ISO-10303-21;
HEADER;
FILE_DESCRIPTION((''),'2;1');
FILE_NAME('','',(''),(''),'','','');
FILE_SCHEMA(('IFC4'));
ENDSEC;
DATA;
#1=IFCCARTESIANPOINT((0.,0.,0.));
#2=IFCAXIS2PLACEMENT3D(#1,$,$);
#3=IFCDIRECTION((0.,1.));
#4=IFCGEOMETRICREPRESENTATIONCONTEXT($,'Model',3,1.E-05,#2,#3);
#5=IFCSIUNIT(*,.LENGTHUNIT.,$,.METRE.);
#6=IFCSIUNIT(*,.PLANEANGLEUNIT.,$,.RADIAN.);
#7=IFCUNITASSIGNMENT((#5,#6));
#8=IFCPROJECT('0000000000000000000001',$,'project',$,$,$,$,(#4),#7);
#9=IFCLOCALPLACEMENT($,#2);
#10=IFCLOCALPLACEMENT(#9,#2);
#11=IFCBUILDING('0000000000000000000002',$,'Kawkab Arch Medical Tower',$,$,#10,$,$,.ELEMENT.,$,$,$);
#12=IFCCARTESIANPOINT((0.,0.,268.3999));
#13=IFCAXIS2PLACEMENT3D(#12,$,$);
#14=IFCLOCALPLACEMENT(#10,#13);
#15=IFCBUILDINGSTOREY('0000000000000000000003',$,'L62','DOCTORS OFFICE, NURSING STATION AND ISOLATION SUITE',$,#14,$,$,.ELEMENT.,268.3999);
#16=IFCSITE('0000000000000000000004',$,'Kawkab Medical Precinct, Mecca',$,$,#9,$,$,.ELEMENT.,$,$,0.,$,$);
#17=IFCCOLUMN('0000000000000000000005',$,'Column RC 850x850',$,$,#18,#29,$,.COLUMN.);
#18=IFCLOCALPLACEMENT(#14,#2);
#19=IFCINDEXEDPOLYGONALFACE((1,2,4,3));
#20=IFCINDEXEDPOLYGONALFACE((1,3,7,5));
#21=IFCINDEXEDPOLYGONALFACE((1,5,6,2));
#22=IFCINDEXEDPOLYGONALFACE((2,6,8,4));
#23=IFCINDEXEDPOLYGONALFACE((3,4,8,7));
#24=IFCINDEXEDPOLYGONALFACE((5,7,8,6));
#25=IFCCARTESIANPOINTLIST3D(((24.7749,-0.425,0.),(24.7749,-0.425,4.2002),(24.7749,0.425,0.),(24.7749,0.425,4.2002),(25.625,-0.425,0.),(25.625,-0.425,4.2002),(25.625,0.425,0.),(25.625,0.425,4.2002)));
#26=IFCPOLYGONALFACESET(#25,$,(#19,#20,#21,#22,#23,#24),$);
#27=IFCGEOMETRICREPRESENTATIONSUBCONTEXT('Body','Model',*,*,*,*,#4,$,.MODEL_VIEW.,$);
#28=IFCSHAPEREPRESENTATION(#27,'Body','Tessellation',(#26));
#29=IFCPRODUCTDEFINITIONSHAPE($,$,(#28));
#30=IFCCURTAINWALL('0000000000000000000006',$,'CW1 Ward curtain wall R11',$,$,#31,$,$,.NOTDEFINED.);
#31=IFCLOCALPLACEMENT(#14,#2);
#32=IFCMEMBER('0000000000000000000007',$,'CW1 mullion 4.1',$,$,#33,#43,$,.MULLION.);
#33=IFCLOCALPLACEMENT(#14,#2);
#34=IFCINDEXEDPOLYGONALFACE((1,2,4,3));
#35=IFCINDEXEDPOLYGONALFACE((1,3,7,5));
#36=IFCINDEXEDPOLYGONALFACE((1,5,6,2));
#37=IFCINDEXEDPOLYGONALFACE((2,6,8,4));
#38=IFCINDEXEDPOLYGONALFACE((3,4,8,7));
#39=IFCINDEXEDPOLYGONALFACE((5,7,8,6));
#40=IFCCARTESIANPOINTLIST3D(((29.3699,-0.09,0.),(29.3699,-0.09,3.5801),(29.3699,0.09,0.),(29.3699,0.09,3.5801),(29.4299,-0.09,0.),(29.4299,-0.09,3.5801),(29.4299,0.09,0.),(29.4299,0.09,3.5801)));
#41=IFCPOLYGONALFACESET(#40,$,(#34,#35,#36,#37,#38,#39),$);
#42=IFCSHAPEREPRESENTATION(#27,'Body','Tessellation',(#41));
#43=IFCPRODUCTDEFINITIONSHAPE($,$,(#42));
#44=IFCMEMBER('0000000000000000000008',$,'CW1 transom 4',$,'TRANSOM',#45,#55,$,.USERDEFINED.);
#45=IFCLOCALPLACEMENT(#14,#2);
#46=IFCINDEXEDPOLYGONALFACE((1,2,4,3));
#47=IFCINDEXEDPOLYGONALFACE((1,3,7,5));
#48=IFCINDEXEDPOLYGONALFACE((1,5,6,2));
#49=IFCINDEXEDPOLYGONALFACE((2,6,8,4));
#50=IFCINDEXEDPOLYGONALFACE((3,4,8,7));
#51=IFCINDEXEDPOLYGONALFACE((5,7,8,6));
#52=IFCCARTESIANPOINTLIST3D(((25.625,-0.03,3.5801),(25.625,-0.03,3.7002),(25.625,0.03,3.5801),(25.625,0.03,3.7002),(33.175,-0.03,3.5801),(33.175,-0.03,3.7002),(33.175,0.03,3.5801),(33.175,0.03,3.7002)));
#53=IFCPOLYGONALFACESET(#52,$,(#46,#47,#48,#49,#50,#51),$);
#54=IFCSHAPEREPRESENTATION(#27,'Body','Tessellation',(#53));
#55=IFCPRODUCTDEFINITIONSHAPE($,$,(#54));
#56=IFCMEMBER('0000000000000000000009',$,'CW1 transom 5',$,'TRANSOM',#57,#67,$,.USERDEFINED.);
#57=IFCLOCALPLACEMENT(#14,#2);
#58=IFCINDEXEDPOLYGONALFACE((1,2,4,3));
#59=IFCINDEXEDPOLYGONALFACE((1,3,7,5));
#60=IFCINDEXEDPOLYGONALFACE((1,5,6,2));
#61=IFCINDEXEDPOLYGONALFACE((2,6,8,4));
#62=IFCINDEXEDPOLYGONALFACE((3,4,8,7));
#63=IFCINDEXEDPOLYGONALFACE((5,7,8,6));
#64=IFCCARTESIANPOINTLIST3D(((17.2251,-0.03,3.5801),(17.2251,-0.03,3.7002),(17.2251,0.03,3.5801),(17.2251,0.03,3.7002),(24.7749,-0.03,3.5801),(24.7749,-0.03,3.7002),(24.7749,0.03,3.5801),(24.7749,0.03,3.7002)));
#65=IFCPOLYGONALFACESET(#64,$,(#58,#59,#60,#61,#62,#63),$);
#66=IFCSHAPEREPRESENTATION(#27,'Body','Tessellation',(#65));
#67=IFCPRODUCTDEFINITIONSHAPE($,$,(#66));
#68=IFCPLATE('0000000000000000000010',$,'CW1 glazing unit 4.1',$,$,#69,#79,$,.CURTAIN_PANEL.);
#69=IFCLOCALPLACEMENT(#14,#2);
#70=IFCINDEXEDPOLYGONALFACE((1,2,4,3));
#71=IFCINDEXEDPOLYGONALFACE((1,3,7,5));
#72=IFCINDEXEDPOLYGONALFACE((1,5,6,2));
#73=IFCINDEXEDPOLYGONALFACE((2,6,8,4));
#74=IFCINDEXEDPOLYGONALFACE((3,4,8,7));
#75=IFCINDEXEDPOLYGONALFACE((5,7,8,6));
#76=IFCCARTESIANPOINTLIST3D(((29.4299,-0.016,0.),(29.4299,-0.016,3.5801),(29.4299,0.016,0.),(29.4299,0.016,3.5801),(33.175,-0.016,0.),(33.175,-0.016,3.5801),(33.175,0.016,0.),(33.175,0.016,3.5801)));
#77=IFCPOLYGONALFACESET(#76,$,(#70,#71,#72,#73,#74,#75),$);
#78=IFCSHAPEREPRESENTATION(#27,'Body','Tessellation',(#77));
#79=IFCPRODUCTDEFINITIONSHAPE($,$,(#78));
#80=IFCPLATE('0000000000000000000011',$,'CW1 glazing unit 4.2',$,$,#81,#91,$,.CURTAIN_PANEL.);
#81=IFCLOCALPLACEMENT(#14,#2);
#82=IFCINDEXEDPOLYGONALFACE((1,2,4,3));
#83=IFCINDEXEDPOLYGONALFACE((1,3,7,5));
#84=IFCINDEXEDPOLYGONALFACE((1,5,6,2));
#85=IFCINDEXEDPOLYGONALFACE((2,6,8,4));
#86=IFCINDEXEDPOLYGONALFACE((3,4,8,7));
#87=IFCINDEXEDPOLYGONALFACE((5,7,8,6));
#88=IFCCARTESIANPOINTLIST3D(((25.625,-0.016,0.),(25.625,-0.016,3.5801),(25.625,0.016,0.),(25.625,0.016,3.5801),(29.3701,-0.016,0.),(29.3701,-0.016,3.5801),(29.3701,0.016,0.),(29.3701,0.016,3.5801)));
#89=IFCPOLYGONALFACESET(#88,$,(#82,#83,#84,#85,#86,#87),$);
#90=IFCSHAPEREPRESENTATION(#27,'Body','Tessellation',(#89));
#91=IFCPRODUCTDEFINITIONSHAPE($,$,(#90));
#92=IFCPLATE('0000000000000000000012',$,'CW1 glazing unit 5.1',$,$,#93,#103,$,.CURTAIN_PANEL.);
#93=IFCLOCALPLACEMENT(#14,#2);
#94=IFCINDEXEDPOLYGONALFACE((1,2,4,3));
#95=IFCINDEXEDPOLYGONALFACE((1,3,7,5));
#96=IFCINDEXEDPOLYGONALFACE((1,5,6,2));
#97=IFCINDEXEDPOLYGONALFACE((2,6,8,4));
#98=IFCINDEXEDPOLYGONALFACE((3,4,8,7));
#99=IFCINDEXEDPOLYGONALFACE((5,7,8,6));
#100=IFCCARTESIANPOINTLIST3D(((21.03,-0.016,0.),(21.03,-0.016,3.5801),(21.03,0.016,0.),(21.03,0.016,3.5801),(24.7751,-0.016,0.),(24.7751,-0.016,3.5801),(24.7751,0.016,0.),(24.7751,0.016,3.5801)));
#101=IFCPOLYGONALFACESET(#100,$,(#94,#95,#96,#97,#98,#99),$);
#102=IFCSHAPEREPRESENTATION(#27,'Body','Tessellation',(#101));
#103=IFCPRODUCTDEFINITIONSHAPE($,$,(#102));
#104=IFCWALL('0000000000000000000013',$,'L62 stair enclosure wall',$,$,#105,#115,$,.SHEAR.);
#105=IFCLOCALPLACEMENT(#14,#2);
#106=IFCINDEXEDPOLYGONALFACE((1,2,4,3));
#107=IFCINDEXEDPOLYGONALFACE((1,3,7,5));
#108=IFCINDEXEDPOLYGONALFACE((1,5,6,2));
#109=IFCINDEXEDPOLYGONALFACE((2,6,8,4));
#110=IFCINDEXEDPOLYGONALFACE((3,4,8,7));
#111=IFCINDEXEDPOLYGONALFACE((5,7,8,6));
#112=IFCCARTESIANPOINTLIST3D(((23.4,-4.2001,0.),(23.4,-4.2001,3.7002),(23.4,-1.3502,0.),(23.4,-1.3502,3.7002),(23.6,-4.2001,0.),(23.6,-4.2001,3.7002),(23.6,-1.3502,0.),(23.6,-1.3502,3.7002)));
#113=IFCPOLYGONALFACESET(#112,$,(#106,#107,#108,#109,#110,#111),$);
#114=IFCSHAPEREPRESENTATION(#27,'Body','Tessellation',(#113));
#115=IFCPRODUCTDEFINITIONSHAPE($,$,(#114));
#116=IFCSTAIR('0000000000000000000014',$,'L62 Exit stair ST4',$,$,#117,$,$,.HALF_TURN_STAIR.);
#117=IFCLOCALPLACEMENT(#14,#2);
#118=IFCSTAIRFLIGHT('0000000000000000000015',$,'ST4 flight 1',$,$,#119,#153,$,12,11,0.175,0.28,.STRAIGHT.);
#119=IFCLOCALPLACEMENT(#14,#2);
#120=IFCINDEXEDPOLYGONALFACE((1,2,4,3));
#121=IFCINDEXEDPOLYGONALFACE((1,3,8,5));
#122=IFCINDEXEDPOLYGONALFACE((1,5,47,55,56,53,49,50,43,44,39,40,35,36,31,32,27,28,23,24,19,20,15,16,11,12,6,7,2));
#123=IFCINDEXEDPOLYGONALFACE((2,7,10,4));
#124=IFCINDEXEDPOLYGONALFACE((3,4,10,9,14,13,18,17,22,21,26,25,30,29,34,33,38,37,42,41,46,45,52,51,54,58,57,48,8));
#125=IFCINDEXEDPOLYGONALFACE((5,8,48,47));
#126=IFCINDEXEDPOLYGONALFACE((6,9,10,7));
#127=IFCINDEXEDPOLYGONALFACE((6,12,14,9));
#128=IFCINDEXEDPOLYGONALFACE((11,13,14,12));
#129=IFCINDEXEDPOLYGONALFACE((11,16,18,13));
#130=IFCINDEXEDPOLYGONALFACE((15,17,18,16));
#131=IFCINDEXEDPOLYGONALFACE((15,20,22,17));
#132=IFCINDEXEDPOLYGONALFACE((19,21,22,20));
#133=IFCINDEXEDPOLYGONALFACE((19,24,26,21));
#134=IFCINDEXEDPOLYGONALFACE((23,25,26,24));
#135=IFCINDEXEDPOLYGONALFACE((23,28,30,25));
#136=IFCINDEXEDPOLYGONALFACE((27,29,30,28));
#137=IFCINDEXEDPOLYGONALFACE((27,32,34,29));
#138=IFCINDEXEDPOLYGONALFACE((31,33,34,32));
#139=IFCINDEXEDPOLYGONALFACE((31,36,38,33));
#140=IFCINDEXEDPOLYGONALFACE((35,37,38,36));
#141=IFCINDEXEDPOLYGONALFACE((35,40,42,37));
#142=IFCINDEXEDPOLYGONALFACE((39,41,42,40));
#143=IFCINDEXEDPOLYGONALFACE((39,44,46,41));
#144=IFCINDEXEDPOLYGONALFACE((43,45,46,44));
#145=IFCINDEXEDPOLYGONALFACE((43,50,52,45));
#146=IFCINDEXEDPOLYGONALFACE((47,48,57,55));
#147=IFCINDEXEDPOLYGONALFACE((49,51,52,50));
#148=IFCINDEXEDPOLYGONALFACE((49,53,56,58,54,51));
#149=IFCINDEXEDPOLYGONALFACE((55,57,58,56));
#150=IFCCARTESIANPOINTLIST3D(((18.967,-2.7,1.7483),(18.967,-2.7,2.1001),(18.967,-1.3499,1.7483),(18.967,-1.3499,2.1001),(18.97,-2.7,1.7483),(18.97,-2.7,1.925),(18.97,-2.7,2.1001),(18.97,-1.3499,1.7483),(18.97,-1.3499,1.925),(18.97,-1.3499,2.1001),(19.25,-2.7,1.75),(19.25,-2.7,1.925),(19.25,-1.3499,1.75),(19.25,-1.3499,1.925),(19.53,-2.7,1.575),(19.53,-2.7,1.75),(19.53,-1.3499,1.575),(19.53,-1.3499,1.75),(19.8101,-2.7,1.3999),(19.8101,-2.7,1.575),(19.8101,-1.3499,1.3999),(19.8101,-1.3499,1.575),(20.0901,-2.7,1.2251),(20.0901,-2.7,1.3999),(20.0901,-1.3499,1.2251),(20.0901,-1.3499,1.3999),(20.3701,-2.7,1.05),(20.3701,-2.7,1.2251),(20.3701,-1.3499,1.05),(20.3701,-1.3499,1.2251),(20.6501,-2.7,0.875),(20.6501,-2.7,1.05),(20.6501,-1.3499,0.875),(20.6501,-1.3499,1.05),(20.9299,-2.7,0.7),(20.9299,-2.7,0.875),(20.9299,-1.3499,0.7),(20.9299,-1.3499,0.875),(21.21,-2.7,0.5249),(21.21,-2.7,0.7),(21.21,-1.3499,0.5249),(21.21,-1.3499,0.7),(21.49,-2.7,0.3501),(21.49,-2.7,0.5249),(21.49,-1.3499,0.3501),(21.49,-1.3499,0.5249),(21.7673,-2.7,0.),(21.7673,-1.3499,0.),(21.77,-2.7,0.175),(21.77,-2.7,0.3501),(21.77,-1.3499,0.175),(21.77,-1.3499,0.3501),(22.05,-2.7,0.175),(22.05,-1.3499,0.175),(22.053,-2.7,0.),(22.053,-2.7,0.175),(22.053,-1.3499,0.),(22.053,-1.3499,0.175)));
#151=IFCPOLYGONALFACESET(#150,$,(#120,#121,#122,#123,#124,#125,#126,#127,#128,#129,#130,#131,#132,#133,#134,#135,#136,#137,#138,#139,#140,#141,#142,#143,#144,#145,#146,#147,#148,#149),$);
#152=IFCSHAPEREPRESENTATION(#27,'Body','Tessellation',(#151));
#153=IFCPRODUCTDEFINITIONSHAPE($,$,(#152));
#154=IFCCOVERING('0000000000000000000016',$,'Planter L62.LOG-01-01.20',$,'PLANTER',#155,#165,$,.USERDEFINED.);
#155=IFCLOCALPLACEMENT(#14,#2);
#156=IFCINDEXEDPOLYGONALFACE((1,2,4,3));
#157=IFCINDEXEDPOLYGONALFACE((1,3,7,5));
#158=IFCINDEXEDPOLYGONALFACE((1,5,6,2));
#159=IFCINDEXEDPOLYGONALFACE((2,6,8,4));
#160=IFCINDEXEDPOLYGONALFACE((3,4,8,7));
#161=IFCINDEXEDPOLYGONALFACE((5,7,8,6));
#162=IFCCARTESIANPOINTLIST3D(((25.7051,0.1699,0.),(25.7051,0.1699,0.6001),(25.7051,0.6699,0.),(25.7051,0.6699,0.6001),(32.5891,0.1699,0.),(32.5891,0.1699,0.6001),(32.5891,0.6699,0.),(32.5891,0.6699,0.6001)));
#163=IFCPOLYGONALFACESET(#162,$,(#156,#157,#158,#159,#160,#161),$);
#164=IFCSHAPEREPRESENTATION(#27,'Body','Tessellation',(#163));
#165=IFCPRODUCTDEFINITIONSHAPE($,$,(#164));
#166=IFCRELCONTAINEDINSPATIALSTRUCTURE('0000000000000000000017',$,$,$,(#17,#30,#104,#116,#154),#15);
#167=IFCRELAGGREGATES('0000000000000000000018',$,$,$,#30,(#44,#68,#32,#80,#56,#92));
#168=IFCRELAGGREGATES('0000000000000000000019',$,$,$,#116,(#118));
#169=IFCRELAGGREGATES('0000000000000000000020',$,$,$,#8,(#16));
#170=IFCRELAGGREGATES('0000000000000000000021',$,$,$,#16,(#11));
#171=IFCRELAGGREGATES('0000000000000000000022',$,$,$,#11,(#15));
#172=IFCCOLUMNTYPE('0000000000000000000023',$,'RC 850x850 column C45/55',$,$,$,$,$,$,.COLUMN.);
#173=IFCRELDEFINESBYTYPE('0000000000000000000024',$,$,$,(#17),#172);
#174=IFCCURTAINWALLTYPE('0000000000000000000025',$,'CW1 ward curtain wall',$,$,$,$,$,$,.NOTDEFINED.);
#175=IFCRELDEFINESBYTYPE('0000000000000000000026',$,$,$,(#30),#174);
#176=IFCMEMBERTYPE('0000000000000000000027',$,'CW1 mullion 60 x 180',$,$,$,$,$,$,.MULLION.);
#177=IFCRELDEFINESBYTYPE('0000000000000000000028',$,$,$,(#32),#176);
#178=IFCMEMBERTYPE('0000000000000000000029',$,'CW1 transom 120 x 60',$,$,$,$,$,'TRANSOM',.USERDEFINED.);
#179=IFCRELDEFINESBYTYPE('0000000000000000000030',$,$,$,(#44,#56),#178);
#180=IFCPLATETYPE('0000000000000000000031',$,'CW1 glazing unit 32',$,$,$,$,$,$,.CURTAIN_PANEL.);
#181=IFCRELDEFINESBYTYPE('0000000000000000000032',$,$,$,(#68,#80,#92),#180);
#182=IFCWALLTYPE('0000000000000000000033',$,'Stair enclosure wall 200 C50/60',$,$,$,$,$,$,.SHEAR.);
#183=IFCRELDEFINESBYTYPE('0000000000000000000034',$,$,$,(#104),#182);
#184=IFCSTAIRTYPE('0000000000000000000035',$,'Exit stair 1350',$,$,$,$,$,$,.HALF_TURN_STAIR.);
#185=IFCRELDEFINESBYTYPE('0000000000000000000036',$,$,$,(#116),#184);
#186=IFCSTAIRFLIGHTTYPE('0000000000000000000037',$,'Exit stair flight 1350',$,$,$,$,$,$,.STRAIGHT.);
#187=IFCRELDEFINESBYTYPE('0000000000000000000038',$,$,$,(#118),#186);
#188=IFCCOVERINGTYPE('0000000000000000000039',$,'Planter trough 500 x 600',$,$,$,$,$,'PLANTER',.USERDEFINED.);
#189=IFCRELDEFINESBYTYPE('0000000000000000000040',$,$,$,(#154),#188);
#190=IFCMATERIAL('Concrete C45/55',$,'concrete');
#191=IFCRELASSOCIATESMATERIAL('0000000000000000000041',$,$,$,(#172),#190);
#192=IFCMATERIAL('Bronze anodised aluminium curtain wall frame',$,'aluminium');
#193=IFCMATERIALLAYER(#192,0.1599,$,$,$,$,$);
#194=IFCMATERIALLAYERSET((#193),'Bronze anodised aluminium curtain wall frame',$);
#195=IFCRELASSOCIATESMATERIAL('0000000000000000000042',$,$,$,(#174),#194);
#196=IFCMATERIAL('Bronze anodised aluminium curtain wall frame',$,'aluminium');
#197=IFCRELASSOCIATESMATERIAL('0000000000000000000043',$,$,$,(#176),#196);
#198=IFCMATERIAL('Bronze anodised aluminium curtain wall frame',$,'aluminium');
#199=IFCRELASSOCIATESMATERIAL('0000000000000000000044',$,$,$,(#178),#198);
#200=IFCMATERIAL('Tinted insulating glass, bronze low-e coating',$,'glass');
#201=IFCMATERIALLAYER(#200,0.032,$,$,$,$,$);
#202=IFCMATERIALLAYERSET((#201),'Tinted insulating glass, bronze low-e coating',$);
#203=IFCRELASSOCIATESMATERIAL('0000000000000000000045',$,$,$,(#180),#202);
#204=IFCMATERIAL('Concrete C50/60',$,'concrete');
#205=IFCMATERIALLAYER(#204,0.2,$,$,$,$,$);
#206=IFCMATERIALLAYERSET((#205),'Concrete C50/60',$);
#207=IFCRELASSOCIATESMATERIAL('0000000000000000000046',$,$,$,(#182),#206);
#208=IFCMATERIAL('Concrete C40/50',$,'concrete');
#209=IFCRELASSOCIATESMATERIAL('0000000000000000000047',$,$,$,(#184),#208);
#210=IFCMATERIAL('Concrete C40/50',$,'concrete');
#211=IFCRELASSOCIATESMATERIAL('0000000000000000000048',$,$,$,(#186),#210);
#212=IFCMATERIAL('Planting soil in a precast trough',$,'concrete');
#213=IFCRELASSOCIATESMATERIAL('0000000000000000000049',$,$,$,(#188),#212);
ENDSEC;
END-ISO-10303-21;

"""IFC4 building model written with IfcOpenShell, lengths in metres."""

from ifc_helpers import new_model, si_unit, direction, frame, frame_2d, origin, origin_2d, place, context, subcontext, project, spatial, polyline, rectangle, outline, extrude, material, layer, layer_set, material_profile, profile_set, type_object, element, aggregate, save


model = new_model("IFC4")

# Units and contexts
model_context = context("Model", 3, precision=1e-05, world=origin(), true_north=direction((0.0, 1.0)))
body_context = subcontext(model_context, "Body", "Model", "MODEL_VIEW")
ifc_project = project(units=[si_unit("LENGTHUNIT", "METRE"), si_unit("PLANEANGLEUNIT", "RADIAN")], contexts=[model_context])

# Site, building, storey
site_placement = place(None, origin())
site = spatial("IfcSite", under=ifc_project, at=site_placement, Name="Kawkab Medical Precinct, Mecca", CompositionType="ELEMENT", RefElevation=0.0)
building_placement = place(site_placement, origin())
building = spatial("IfcBuilding", under=site, at=building_placement, Name="Kawkab Arch Medical Tower", CompositionType="ELEMENT")
storey_placement = place(building_placement, frame((0.0, 0.0, 268.3999)))
storey = spatial("IfcBuildingStorey", under=building, at=storey_placement, Name="L62", Description="DOCTORS OFFICE, NURSING STATION AND ISOLATION SUITE", CompositionType="ELEMENT", Elevation=268.3999)

# Column
ifc_material_1 = material(Name="Concrete C45/55", Category="concrete")
ifc_material_profile_1 = material_profile(ifc_material_1, rectangle(XDim=0.8501, YDim=0.8501, at=origin_2d()), Name="RC 850x850")
ifc_profile_set_1 = profile_set([ifc_material_profile_1], Name="Concrete C45/55")
column_type = type_object("IfcColumnType", Name="RC 850x850 column C45/55", PredefinedType="COLUMN", material=ifc_profile_set_1)
column_placement = place(storey_placement, frame((25.2, 0.0, 0.0), z_axis=(0.0, 0.0, 1.0), x_axis=(1.0, 0.0, 0.0)))
element("IfcColumn", 1, at=column_placement, inside=storey, type_object=column_type, Name="Column RC 850x850", PredefinedType="COLUMN", context=body_context, shape_type="SweptSolid", body=[
    extrude(rectangle(XDim=0.8501, YDim=0.8501, at=origin_2d()), origin(), (0.0, 0.0, 1.0), 4.2002),
])

# Curtain wall, members, plates
ifc_material_2 = material(Name="Bronze anodised aluminium curtain wall frame", Category="aluminium")
ifc_layer_1 = layer(ifc_material_2, 0.1599)
ifc_layer_set_1 = layer_set([ifc_layer_1], Name="Bronze anodised aluminium curtain wall frame")
curtain_wall_type = type_object("IfcCurtainWallType", Name="CW1 ward curtain wall", PredefinedType="NOTDEFINED", material=ifc_layer_set_1)
placement = place(storey_placement, origin())
curtain_wall = element("IfcCurtainWall", 2, at=placement, inside=storey, type_object=curtain_wall_type, Name="CW1 Ward curtain wall R11", PredefinedType="NOTDEFINED")
ifc_material_3 = material(Name="Bronze anodised aluminium curtain wall frame", Category="aluminium")
ifc_material_profile_2 = material_profile(ifc_material_3, rectangle(XDim=0.1799, YDim=0.0601, at=origin_2d()), Name="AL 60x180")
ifc_profile_set_2 = profile_set([ifc_material_profile_2], Name="Bronze anodised aluminium curtain wall frame")
member_type_1 = type_object("IfcMemberType", Name="CW1 mullion 60 x 180", PredefinedType="MULLION", material=ifc_profile_set_2)
member_1_placement = place(storey_placement, frame((29.3999, 0.0, 0.0), z_axis=(0.0, 0.0, 1.0), x_axis=(0.0, -1.0, 0.0)))
member_1 = element("IfcMember", 3, at=member_1_placement, type_object=member_type_1, Name="CW1 mullion 4.1", PredefinedType="MULLION", context=body_context, shape_type="SweptSolid", body=[
    extrude(rectangle(XDim=0.1799, YDim=0.0601, at=origin_2d()), origin(), (0.0, 0.0, 1.0), 3.5801),
])
ifc_material_4 = material(Name="Bronze anodised aluminium curtain wall frame", Category="aluminium")
ifc_material_profile_3 = material_profile(ifc_material_4, rectangle(XDim=0.0601, YDim=0.1201, at=origin_2d()), Name="AL 60x120")
ifc_profile_set_3 = profile_set([ifc_material_profile_3], Name="Bronze anodised aluminium curtain wall frame")
member_type_2 = type_object("IfcMemberType", Name="CW1 transom 120 x 60", ElementType="TRANSOM", PredefinedType="USERDEFINED", material=ifc_profile_set_3)
member_2_placement = place(storey_placement, frame((33.175, 0.0, 3.6401), z_axis=(-1.0, 0.0, 0.0), x_axis=(0.0, -1.0, 0.0)))
member_2 = element("IfcMember", 4, at=member_2_placement, type_object=member_type_2, Name="CW1 transom 4", ObjectType="TRANSOM", PredefinedType="USERDEFINED", context=body_context, shape_type="SweptSolid", body=[
    extrude(rectangle(XDim=0.0601, YDim=0.1201, at=origin_2d()), origin(), (0.0, 0.0, 1.0), 7.55),
])
member_3_placement = place(storey_placement, frame((24.7749, 0.0, 3.6401), z_axis=(-1.0, 0.0, 0.0), x_axis=(0.0, -1.0, 0.0)))
member_3 = element("IfcMember", 5, at=member_3_placement, type_object=member_type_2, Name="CW1 transom 5", ObjectType="TRANSOM", PredefinedType="USERDEFINED", context=body_context, shape_type="SweptSolid", body=[
    extrude(rectangle(XDim=0.0601, YDim=0.1201, at=origin_2d()), origin(), (0.0, 0.0, 1.0), 7.5498),
])
ifc_material_5 = material(Name="Tinted insulating glass, bronze low-e coating", Category="glass")
ifc_layer_2 = layer(ifc_material_5, 0.032)
ifc_layer_set_2 = layer_set([ifc_layer_2], Name="Tinted insulating glass, bronze low-e coating")
plate_type = type_object("IfcPlateType", Name="CW1 glazing unit 32", PredefinedType="CURTAIN_PANEL", material=ifc_layer_set_2)
plate_1_placement = place(storey_placement, frame((31.3025, 0.0, 0.0), z_axis=(0.0, 0.0, 1.0), x_axis=(-1.0, 0.0, 0.0)))
plate_1 = element("IfcPlate", 6, at=plate_1_placement, type_object=plate_type, Name="CW1 glazing unit 4.1", PredefinedType="CURTAIN_PANEL", context=body_context, shape_type="SweptSolid", body=[
    extrude(rectangle(XDim=3.7451, YDim=0.032, at=origin_2d()), origin(), (0.0, 0.0, 1.0), 3.5801),
])
plate_2_placement = place(storey_placement, frame((27.4976, 0.0, 0.0), z_axis=(0.0, 0.0, 1.0), x_axis=(-1.0, 0.0, 0.0)))
plate_2 = element("IfcPlate", 7, at=plate_2_placement, type_object=plate_type, Name="CW1 glazing unit 4.2", PredefinedType="CURTAIN_PANEL", context=body_context, shape_type="SweptSolid", body=[
    extrude(rectangle(XDim=3.7451, YDim=0.032, at=origin_2d()), origin(), (0.0, 0.0, 1.0), 3.5801),
])
plate_3_placement = place(storey_placement, frame((22.9026, 0.0, 0.0), z_axis=(0.0, 0.0, 1.0), x_axis=(-1.0, 0.0, 0.0)))
plate_3 = element("IfcPlate", 8, at=plate_3_placement, type_object=plate_type, Name="CW1 glazing unit 5.1", PredefinedType="CURTAIN_PANEL", context=body_context, shape_type="SweptSolid", body=[
    extrude(rectangle(XDim=3.7451, YDim=0.032, at=origin_2d()), origin(), (0.0, 0.0, 1.0), 3.5801),
])
aggregate(curtain_wall, [member_2, plate_1, member_1, plate_2, member_3, plate_3])

# Wall
ifc_material_6 = material(Name="Concrete C50/60", Category="concrete")
ifc_layer_3 = layer(ifc_material_6, 0.2)
ifc_layer_set_3 = layer_set([ifc_layer_3], Name="Concrete C50/60")
wall_type = type_object("IfcWallType", Name="Stair enclosure wall 200 C50/60", PredefinedType="SHEAR", material=ifc_layer_set_3)
wall_placement = place(storey_placement, frame((23.5, -4.2, 0.0), z_axis=(0.0, 0.0, 1.0), x_axis=(0.0, 1.0, 0.0)))
element("IfcWall", 9, at=wall_placement, inside=storey, type_object=wall_type, Name="L62 stair enclosure wall", PredefinedType="SHEAR", context=body_context, shape_type="SweptSolid", body=[
    extrude(rectangle(XDim=2.8499, YDim=0.2, at=frame_2d((1.4248, 0.0))), origin(), (0.0, 0.0, 1.0), 3.7002),
])

# Stair, stair flight
ifc_material_7 = material(Name="Concrete C40/50", Category="concrete")
stair_type = type_object("IfcStairType", Name="Exit stair 1350", PredefinedType="HALF_TURN_STAIR", material=ifc_material_7)
stair = element("IfcStair", 10, at=placement, inside=storey, type_object=stair_type, Name="L62 Exit stair ST4", PredefinedType="HALF_TURN_STAIR")
ifc_material_8 = material(Name="Concrete C40/50", Category="concrete")
stair_flight_type = type_object("IfcStairFlightType", Name="Exit stair flight 1350", PredefinedType="STRAIGHT", material=ifc_material_8)
stair_flight_placement = place(storey_placement, frame((22.05, -2.0249, 0.0), z_axis=(0.0, 0.0, 1.0), x_axis=(-1.0, 0.0, 0.0)))
stair_flight = element("IfcStairFlight", 11, at=stair_flight_placement, type_object=stair_flight_type, Name="ST4 flight 1", NumberOfRisers=12, NumberOfTreads=11, PredefinedType="STRAIGHT", RiserHeight=0.175, TreadLength=0.28, context=body_context, shape_type="SweptSolid", body=[
    extrude(outline(polyline([(-0.0029, 0.0), (-0.0029, 0.175), (0.0, 0.175), (0.28, 0.175), (0.28, 0.3501), (0.5601, 0.3501), (0.5601, 0.5249), (0.8401, 0.5249), (0.8401, 0.7), (1.1201, 0.7), (1.1201, 0.875), (1.3999, 0.875), (1.3999, 1.05), (1.6799, 1.05), (1.6799, 1.2251), (1.96, 1.2251), (1.96, 1.3999), (2.24, 1.3999), (2.24, 1.575), (2.52, 1.575), (2.52, 1.75), (2.8, 1.75), (2.8, 1.925), (3.0801, 1.925), (3.0801, 2.1001), (3.083, 2.1001), (3.083, 1.7483), (3.0801, 1.7483), (0.2827, 0.0), (-0.0029, 0.0)])), frame((0.0, 0.675, 0.0), z_axis=(0.0, -1.0, 0.0), x_axis=(1.0, 0.0, 0.0)), (0.0, 0.0, 1.0), 1.3501),
])
aggregate(stair, [stair_flight])

# Covering
ifc_material_9 = material(Name="Planting soil in a precast trough", Category="concrete")
ifc_material_profile_4 = material_profile(ifc_material_9, rectangle(XDim=0.5, YDim=0.6001, at=origin_2d()), Name="Trough 500x600")
ifc_profile_set_4 = profile_set([ifc_material_profile_4], Name="Planting soil in a precast trough")
covering_type = type_object("IfcCoveringType", Name="Planter trough 500 x 600", ElementType="PLANTER", PredefinedType="USERDEFINED", material=ifc_profile_set_4)
covering_placement = place(storey_placement, frame((25.7051, 0.4199, 0.3), z_axis=(1.0, 0.0, 0.0), x_axis=(0.0, 1.0, 0.0)))
element("IfcCovering", 12, at=covering_placement, inside=storey, type_object=covering_type, Name="Planter L62.LOG-01-01.20", ObjectType="PLANTER", PredefinedType="USERDEFINED", context=body_context, shape_type="SweptSolid", body=[
    extrude(rectangle(XDim=0.5, YDim=0.6001, at=origin_2d()), origin(), (0.0, 0.0, 1.0), 6.884),
])

save(model, "model.ifc")
